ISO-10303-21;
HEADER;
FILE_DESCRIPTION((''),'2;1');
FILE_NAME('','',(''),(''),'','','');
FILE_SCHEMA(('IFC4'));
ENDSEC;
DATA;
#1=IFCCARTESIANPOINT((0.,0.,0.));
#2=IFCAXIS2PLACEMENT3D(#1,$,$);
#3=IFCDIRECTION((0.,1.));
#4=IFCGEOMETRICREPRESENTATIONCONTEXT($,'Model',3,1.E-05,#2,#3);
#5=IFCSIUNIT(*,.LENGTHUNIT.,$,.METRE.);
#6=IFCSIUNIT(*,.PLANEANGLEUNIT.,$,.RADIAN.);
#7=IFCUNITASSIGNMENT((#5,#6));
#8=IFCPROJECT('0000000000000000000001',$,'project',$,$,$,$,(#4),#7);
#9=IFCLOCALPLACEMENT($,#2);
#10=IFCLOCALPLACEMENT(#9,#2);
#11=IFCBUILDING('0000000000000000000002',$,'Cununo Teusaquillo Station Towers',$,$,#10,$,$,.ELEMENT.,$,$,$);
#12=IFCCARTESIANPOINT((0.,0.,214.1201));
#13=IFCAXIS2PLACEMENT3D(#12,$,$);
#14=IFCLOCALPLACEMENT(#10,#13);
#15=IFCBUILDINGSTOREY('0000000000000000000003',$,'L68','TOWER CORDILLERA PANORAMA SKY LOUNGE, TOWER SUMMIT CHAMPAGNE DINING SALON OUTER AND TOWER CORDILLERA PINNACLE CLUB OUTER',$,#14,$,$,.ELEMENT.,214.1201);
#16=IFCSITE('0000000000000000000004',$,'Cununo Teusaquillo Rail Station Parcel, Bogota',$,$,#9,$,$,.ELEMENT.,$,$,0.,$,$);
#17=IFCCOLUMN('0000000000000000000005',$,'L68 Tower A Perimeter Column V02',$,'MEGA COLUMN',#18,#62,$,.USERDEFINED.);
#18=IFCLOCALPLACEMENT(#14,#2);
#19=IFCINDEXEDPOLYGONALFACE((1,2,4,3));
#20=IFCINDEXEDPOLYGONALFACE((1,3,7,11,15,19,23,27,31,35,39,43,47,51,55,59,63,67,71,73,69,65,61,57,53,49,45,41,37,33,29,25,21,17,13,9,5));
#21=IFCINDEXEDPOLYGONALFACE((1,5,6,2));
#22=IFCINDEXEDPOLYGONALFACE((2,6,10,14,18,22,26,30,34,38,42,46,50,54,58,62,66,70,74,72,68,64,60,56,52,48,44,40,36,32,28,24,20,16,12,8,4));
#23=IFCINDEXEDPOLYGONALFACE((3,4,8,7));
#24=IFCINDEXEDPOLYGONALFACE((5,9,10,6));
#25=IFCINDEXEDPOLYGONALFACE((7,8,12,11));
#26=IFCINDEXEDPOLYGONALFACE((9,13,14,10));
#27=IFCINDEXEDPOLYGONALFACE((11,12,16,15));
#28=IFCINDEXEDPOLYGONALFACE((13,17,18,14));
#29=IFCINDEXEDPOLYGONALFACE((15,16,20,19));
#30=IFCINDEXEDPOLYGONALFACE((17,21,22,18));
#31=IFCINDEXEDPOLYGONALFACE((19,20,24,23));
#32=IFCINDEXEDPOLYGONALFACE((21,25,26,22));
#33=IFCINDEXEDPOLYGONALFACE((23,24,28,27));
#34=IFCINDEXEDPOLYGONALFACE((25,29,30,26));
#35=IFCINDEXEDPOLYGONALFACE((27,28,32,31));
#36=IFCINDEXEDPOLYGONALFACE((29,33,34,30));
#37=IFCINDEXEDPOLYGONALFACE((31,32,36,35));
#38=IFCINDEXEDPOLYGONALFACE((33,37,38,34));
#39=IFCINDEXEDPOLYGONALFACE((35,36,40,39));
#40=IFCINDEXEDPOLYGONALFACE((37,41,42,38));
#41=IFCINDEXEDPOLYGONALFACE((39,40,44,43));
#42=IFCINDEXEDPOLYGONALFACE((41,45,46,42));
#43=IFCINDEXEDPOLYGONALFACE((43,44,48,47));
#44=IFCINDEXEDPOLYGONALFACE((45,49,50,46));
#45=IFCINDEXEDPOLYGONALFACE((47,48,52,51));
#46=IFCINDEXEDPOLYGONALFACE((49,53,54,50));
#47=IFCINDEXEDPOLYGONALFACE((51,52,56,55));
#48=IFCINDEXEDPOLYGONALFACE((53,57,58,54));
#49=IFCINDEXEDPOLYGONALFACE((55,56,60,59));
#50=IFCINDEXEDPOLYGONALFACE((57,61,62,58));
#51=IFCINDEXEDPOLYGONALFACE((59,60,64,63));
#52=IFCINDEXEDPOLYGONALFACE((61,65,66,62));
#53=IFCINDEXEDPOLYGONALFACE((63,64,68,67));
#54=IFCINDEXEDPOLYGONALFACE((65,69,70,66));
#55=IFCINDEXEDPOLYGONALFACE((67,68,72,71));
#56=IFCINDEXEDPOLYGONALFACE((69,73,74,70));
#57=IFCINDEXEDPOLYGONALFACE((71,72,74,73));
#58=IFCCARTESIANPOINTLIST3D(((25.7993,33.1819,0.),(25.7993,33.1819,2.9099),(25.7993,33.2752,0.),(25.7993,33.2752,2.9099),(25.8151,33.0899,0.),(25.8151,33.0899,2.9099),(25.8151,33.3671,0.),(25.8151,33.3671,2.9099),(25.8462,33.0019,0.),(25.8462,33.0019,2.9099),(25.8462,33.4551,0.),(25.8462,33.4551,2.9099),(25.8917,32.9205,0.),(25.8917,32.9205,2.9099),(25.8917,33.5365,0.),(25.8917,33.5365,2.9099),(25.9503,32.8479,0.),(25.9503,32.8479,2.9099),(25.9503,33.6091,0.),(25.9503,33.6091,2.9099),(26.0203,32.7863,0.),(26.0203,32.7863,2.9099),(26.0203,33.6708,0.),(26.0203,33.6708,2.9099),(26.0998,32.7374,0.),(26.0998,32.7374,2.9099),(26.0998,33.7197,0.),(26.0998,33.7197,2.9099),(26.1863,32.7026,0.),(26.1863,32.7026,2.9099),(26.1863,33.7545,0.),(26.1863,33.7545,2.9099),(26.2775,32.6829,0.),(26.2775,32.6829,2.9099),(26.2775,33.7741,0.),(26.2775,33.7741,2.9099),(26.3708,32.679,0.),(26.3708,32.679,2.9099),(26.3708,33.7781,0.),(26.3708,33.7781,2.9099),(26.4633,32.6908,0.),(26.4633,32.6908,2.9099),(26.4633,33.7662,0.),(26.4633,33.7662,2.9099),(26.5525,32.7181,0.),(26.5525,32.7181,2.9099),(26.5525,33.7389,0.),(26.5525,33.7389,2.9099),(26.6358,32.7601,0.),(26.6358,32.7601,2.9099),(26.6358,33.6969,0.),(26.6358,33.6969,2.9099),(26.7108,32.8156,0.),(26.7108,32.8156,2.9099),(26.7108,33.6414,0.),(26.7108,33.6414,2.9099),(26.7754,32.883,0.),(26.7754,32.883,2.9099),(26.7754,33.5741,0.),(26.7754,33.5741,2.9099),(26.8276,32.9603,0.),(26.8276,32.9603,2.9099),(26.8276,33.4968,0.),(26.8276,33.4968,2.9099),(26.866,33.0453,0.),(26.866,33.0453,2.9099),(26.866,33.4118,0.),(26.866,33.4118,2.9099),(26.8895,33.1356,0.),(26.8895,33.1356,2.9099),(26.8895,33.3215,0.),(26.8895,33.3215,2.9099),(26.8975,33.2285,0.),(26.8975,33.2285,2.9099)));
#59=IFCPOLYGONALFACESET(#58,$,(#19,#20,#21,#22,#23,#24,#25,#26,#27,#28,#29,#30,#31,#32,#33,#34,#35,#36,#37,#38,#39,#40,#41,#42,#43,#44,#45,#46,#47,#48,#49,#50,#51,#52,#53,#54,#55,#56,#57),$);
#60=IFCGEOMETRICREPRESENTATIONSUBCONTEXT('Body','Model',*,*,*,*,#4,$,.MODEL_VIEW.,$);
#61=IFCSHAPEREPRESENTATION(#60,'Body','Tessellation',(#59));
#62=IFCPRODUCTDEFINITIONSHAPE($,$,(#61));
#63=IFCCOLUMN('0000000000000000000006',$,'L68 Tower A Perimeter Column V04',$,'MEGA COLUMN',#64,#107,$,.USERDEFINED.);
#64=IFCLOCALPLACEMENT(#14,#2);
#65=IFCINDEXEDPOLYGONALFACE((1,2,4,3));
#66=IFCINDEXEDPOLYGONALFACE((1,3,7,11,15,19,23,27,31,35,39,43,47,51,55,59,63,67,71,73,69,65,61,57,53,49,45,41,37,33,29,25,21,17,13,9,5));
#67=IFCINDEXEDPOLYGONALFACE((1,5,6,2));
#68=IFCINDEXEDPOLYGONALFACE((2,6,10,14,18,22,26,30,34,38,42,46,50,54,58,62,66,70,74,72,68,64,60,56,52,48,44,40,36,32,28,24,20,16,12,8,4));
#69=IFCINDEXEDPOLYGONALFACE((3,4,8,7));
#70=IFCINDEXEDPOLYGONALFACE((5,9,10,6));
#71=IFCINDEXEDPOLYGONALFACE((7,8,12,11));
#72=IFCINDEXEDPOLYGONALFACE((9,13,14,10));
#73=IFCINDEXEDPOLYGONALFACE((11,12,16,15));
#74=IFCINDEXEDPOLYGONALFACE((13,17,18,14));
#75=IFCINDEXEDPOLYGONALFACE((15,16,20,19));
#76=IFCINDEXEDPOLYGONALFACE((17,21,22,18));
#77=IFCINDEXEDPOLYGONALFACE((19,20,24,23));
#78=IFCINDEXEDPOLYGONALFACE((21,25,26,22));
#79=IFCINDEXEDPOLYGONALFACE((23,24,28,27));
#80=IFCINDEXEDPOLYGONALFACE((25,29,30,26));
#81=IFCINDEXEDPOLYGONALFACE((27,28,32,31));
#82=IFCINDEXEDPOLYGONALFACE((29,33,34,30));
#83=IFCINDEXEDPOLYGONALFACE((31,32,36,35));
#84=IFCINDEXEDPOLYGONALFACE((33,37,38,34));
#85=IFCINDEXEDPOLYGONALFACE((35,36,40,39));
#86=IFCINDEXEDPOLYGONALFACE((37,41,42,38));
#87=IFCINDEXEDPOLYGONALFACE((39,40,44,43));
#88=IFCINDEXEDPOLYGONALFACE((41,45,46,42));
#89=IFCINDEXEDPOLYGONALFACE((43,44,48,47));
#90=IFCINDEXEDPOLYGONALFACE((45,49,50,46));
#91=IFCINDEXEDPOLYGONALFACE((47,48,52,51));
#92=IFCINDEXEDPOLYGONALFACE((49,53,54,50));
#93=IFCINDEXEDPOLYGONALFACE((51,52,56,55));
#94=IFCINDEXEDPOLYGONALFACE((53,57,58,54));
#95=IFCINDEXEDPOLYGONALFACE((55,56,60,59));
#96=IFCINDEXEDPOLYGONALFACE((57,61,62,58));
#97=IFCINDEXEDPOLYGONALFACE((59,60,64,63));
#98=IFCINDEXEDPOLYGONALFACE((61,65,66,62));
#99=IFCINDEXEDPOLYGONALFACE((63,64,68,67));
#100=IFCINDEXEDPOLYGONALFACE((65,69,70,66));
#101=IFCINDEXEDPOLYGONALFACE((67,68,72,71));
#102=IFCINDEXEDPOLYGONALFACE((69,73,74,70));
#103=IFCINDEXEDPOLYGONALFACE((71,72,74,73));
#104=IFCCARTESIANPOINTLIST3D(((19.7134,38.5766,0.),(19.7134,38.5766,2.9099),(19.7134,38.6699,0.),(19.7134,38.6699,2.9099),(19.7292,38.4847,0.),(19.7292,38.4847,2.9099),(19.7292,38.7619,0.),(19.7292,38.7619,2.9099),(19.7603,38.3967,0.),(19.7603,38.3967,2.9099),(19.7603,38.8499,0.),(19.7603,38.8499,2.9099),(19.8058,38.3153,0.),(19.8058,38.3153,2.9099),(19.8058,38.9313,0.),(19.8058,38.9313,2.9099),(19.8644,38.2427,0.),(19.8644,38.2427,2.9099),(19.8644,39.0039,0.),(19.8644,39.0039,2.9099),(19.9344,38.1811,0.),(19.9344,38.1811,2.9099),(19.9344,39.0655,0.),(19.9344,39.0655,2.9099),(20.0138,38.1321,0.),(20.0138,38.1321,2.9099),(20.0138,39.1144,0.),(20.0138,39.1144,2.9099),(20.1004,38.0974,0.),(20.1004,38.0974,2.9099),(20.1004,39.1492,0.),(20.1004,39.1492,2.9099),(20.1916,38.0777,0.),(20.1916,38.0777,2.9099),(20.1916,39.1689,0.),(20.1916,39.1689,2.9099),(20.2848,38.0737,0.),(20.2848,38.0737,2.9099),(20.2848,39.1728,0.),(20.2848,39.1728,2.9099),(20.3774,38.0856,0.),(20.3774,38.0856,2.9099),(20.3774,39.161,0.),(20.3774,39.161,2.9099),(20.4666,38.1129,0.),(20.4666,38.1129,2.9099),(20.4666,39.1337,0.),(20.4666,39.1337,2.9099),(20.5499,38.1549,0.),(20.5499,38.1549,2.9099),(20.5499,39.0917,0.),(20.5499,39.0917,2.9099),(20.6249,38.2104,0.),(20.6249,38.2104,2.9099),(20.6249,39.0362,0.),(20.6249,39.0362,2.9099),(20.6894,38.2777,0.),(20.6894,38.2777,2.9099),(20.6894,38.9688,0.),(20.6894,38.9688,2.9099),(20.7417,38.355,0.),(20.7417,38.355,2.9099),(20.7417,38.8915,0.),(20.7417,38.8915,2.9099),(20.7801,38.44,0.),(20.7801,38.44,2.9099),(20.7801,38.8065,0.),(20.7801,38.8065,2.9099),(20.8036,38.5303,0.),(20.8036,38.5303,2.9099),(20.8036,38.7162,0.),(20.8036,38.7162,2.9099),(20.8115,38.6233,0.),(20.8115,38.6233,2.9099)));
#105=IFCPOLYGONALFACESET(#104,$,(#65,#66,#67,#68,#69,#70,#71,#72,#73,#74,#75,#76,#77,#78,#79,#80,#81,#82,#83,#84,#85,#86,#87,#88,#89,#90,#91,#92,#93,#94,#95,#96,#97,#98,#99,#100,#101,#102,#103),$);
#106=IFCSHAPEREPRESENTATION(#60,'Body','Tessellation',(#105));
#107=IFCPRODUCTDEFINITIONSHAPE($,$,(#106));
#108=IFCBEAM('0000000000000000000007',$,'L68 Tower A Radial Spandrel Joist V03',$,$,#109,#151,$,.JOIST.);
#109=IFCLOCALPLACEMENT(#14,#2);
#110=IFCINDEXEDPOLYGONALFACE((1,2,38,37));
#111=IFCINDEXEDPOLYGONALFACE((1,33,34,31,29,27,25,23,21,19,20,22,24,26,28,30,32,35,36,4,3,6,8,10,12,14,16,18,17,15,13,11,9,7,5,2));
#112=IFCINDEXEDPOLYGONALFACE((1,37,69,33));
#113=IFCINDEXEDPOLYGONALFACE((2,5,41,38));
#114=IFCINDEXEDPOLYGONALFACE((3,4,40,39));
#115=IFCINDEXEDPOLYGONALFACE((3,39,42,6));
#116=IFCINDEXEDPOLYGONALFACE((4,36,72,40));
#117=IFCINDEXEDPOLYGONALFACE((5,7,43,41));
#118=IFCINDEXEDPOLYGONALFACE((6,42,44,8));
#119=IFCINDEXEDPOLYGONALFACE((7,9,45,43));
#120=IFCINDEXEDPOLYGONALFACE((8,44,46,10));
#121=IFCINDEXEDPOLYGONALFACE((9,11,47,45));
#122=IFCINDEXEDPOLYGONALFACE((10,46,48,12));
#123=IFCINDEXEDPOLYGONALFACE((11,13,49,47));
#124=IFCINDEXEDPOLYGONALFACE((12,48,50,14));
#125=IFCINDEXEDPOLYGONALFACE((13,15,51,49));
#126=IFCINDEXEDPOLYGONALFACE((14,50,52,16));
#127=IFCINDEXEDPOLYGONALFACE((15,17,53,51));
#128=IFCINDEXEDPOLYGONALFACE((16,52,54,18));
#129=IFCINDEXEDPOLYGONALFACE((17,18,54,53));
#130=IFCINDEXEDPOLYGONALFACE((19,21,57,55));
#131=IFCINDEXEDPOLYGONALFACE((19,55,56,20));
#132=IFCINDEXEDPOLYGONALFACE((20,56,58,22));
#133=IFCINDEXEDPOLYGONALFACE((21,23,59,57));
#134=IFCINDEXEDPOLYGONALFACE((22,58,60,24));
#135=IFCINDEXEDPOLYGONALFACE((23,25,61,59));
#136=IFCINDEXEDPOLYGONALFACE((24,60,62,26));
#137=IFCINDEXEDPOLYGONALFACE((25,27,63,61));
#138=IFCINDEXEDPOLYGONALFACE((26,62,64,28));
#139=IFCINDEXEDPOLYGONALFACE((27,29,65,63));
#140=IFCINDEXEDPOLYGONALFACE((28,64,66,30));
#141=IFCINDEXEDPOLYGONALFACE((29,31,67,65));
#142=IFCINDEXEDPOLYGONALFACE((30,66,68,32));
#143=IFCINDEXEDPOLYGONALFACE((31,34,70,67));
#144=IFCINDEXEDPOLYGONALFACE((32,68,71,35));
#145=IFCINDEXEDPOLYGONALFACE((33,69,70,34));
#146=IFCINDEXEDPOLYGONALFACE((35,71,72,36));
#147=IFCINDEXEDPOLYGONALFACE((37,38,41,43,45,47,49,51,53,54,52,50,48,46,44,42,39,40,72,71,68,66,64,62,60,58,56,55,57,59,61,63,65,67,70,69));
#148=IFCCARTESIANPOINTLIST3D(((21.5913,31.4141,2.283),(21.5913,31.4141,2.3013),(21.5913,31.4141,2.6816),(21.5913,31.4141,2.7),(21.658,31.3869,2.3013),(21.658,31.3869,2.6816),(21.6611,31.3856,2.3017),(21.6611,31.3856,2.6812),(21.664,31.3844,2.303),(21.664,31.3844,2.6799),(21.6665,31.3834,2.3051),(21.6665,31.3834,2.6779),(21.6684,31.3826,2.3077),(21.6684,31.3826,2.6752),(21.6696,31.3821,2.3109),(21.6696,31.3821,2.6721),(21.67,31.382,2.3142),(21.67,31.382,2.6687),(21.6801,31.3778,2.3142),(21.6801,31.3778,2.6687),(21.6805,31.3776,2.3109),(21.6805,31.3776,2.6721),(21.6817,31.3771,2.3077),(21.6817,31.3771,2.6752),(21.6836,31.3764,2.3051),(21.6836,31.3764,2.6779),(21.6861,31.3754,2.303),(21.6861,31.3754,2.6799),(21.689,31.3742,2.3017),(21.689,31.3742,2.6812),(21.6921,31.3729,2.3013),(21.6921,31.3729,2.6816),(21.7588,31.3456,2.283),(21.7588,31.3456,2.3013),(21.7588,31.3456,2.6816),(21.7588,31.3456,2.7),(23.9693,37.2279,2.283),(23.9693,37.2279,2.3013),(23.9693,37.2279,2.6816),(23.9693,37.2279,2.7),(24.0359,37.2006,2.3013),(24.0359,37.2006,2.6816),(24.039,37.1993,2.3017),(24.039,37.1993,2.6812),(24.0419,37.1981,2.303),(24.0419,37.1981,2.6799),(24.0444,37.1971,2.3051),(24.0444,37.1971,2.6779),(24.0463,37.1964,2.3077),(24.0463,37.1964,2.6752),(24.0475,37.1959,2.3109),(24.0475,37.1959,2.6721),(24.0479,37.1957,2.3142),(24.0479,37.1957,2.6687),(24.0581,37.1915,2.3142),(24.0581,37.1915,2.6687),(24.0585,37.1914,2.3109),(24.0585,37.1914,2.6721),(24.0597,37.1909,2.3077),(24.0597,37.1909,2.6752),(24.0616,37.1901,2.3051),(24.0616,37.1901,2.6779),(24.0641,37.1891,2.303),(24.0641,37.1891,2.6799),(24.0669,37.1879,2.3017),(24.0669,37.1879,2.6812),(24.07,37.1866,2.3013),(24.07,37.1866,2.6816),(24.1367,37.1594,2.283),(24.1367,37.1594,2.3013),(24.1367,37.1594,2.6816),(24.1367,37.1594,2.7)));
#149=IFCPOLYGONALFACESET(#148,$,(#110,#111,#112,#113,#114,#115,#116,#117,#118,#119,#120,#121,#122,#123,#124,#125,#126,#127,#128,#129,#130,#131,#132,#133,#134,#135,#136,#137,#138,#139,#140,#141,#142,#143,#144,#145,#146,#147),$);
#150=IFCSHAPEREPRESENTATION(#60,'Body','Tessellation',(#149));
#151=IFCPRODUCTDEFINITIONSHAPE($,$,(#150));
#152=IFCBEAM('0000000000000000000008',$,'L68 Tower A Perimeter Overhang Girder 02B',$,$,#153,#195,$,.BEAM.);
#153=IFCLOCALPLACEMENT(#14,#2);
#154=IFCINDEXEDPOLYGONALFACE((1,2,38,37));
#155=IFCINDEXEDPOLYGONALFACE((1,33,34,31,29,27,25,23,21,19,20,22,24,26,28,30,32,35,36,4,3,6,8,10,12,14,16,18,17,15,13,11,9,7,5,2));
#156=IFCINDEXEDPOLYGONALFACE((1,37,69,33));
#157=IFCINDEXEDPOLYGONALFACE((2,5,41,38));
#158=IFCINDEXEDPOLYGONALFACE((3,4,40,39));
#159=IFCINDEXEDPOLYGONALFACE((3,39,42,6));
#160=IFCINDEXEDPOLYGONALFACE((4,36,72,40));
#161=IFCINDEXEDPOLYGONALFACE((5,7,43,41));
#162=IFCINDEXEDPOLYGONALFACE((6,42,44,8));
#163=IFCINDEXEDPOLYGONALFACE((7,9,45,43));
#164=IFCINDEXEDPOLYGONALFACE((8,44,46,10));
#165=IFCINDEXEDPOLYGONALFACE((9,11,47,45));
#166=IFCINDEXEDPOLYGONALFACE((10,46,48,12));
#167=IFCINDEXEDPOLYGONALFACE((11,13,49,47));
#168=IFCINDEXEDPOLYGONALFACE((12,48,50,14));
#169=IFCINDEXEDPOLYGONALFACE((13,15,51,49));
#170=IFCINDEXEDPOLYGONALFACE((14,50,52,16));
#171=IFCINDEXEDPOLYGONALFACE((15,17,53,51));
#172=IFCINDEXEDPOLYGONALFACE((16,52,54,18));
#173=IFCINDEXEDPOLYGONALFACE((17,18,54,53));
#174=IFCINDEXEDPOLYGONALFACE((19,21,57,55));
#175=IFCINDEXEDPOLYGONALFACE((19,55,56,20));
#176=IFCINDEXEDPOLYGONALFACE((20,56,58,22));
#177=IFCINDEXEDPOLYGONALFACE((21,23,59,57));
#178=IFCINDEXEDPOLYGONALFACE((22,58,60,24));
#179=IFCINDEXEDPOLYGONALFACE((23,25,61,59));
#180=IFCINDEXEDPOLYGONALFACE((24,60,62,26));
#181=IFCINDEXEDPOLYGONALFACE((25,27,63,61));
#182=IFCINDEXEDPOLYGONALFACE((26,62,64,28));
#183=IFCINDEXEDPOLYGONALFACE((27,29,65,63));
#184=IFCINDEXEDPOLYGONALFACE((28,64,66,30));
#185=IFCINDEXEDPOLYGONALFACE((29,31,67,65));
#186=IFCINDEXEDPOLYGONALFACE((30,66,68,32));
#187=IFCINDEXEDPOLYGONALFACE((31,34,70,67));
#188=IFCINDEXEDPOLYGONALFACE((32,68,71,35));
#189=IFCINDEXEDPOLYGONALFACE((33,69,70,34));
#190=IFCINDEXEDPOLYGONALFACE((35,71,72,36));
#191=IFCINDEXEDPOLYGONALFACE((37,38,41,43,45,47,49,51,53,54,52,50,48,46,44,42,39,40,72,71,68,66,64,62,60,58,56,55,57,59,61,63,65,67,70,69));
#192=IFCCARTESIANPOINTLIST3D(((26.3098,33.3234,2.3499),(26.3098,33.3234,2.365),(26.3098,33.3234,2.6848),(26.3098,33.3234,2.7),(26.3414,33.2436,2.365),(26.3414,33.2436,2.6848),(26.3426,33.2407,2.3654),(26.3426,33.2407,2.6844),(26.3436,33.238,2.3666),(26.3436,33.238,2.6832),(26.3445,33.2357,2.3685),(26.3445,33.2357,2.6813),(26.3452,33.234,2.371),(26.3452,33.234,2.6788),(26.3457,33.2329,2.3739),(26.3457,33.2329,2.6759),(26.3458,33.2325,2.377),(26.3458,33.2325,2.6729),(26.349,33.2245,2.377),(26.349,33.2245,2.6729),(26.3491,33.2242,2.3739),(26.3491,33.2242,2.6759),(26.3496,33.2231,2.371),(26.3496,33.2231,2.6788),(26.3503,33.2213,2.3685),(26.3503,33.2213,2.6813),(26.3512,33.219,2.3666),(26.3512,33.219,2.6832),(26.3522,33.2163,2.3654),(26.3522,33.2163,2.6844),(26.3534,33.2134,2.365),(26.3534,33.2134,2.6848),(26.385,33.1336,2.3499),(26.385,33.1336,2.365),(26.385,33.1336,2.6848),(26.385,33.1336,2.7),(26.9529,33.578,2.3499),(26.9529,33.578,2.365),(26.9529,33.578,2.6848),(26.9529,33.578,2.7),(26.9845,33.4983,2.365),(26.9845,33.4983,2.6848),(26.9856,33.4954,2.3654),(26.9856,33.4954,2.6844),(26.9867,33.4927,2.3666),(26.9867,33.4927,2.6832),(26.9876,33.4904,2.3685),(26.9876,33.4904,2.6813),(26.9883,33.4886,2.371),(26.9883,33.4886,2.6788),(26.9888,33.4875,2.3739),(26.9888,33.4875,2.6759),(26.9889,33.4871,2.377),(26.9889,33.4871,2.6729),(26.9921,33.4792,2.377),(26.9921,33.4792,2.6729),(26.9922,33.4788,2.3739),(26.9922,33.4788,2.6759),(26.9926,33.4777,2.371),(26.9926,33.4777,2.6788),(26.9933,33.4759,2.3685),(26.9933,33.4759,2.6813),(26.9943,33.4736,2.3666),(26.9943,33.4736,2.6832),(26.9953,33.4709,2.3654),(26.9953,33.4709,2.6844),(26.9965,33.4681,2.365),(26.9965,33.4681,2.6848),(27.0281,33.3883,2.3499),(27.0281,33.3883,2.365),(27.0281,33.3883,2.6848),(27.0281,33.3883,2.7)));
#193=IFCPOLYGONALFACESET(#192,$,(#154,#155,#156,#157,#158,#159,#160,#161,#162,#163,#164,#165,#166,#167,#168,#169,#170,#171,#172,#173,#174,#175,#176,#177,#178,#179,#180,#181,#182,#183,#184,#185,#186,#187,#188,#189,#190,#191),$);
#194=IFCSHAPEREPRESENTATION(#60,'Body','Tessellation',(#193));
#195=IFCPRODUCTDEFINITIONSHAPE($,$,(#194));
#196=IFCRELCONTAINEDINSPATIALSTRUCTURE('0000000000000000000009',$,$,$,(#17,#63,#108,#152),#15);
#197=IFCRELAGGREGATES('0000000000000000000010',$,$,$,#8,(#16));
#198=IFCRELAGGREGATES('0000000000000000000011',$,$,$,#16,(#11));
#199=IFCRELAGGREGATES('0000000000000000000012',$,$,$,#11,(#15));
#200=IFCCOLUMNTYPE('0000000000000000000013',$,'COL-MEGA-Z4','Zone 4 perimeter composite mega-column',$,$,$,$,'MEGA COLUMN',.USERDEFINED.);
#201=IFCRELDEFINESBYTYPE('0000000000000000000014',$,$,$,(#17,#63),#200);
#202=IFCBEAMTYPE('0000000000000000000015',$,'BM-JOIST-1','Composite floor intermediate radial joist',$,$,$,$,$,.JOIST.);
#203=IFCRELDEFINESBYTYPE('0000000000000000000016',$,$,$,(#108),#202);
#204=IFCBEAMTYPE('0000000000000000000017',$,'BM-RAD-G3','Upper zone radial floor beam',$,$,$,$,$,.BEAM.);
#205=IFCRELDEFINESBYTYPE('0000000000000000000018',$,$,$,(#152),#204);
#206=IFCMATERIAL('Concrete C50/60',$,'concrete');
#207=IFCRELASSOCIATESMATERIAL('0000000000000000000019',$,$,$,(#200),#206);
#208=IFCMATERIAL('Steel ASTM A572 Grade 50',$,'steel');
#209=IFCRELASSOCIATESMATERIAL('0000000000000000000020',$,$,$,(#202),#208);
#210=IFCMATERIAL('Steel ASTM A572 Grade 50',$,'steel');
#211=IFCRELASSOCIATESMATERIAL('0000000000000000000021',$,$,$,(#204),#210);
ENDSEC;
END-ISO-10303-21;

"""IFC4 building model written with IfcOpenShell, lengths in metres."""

from ifc_helpers import new_model, si_unit, direction, frame, origin, origin_2d, place, context, subcontext, project, spatial, circle, i_section, extrude, material, material_profile, profile_set, type_object, element, save


model = new_model("IFC4")

# Units and contexts
model_context = context("Model", 3, precision=1e-05, world=origin(), true_north=direction((0.0, 1.0)))
body_context = subcontext(model_context, "Body", "Model", "MODEL_VIEW")
ifc_project = project(units=[si_unit("LENGTHUNIT", "METRE"), si_unit("PLANEANGLEUNIT", "RADIAN")], contexts=[model_context])

# Site, building, storey
site_placement = place(None, origin())
site = spatial("IfcSite", under=ifc_project, at=site_placement, Name="Cununo Teusaquillo Rail Station Parcel, Bogota", CompositionType="ELEMENT", RefElevation=0.0)
building_placement = place(site_placement, origin())
building = spatial("IfcBuilding", under=site, at=building_placement, Name="Cununo Teusaquillo Station Towers", CompositionType="ELEMENT")
storey_placement = place(building_placement, frame((0.0, 0.0, 214.1201)))
storey = spatial("IfcBuildingStorey", under=building, at=storey_placement, Name="L68", Description="TOWER CORDILLERA PANORAMA SKY LOUNGE, TOWER SUMMIT CHAMPAGNE DINING SALON OUTER AND TOWER CORDILLERA PINNACLE CLUB OUTER", CompositionType="ELEMENT", Elevation=214.1201)

# Columns
ifc_material_1 = material(Name="Concrete C50/60", Category="concrete")
ifc_material_profile_1 = material_profile(ifc_material_1, circle(Radius=0.55, at=origin_2d()), Name="RC-CIRC-1100")
ifc_profile_set_1 = profile_set([ifc_material_profile_1], Name="Concrete C50/60")
column_type = type_object("IfcColumnType", Name="COL-MEGA-Z4", Description="Zone 4 perimeter composite mega-column", ElementType="MEGA COLUMN", PredefinedType="USERDEFINED", material=ifc_profile_set_1)
for number, where, z_axis, x_axis, name in (
    (1, (26.3474, 33.2285, 0.0), (0.0, 0.0, 1.0), (1.0, 0.0, 0.0), "L68 Tower A Perimeter Column V02"),
    (2, (20.2615, 38.6233, 0.0), (0.0, 0.0, 1.0), (1.0, 0.0, 0.0), "L68 Tower A Perimeter Column V04"),
):
    element("IfcColumn", number, at=place(storey_placement, frame(where, z_axis=z_axis, x_axis=x_axis)), inside=storey, type_object=column_type, Name=name, ObjectType="MEGA COLUMN", PredefinedType="USERDEFINED", context=body_context, shape_type="SweptSolid", body=[
        extrude(circle(Radius=0.55, at=origin_2d()), origin(), (0.0, 0.0, 1.0), 2.9099),
    ])

# Beams
ifc_material_2 = material(Name="Steel ASTM A572 Grade 50", Category="steel")
ifc_material_profile_2 = material_profile(ifc_material_2, i_section(OverallWidth=0.1809, OverallDepth=0.417, WebThickness=0.011, FlangeThickness=0.0183, FilletRadius=0.0129, at=origin_2d()), Name="W16X57")
ifc_profile_set_2 = profile_set([ifc_material_profile_2], Name="Steel ASTM A572 Grade 50")
beam_type_1 = type_object("IfcBeamType", Name="BM-JOIST-1", Description="Composite floor intermediate radial joist", PredefinedType="JOIST", material=ifc_profile_set_2)
beam_1_placement = place(storey_placement, frame((21.675, 31.3799, 2.4915), z_axis=(0.378577, 0.92557, 0.0), x_axis=(-0.92557, 0.378577, 0.0)))
element("IfcBeam", 3, at=beam_1_placement, inside=storey, type_object=beam_type_1, Name="L68 Tower A Radial Spandrel Joist V03", PredefinedType="JOIST", context=body_context, shape_type="SweptSolid", body=[
    extrude(i_section(OverallWidth=0.1809, OverallDepth=0.417, WebThickness=0.011, FlangeThickness=0.0183, FilletRadius=0.0129, at=origin_2d()), origin(), (0.0, 0.0, 1.0), 6.2812),
])
ifc_material_3 = material(Name="Steel ASTM A572 Grade 50", Category="steel")
ifc_material_profile_3 = material_profile(ifc_material_3, i_section(OverallWidth=0.2041, OverallDepth=0.3501, WebThickness=0.0085, FlangeThickness=0.0151, FilletRadius=0.012, at=origin_2d()), Name="W14X48")
ifc_profile_set_3 = profile_set([ifc_material_profile_3], Name="Steel ASTM A572 Grade 50")
beam_type_2 = type_object("IfcBeamType", Name="BM-RAD-G3", Description="Upper zone radial floor beam", PredefinedType="BEAM", material=ifc_profile_set_3)
beam_2_placement = place(storey_placement, frame((26.3474, 33.2285, 2.5249), z_axis=(0.929761, 0.368163, 0.0), x_axis=(-0.368163, 0.929761, 0.0)))
element("IfcBeam", 4, at=beam_2_placement, inside=storey, type_object=beam_type_2, Name="L68 Tower A Perimeter Overhang Girder 02B", PredefinedType="BEAM", context=body_context, shape_type="SweptSolid", body=[
    extrude(i_section(OverallWidth=0.2041, OverallDepth=0.3501, WebThickness=0.0085, FlangeThickness=0.0151, FilletRadius=0.012, at=origin_2d()), origin(), (0.0, 0.0, 1.0), 0.6917),
])

save(model, "model.ifc")
